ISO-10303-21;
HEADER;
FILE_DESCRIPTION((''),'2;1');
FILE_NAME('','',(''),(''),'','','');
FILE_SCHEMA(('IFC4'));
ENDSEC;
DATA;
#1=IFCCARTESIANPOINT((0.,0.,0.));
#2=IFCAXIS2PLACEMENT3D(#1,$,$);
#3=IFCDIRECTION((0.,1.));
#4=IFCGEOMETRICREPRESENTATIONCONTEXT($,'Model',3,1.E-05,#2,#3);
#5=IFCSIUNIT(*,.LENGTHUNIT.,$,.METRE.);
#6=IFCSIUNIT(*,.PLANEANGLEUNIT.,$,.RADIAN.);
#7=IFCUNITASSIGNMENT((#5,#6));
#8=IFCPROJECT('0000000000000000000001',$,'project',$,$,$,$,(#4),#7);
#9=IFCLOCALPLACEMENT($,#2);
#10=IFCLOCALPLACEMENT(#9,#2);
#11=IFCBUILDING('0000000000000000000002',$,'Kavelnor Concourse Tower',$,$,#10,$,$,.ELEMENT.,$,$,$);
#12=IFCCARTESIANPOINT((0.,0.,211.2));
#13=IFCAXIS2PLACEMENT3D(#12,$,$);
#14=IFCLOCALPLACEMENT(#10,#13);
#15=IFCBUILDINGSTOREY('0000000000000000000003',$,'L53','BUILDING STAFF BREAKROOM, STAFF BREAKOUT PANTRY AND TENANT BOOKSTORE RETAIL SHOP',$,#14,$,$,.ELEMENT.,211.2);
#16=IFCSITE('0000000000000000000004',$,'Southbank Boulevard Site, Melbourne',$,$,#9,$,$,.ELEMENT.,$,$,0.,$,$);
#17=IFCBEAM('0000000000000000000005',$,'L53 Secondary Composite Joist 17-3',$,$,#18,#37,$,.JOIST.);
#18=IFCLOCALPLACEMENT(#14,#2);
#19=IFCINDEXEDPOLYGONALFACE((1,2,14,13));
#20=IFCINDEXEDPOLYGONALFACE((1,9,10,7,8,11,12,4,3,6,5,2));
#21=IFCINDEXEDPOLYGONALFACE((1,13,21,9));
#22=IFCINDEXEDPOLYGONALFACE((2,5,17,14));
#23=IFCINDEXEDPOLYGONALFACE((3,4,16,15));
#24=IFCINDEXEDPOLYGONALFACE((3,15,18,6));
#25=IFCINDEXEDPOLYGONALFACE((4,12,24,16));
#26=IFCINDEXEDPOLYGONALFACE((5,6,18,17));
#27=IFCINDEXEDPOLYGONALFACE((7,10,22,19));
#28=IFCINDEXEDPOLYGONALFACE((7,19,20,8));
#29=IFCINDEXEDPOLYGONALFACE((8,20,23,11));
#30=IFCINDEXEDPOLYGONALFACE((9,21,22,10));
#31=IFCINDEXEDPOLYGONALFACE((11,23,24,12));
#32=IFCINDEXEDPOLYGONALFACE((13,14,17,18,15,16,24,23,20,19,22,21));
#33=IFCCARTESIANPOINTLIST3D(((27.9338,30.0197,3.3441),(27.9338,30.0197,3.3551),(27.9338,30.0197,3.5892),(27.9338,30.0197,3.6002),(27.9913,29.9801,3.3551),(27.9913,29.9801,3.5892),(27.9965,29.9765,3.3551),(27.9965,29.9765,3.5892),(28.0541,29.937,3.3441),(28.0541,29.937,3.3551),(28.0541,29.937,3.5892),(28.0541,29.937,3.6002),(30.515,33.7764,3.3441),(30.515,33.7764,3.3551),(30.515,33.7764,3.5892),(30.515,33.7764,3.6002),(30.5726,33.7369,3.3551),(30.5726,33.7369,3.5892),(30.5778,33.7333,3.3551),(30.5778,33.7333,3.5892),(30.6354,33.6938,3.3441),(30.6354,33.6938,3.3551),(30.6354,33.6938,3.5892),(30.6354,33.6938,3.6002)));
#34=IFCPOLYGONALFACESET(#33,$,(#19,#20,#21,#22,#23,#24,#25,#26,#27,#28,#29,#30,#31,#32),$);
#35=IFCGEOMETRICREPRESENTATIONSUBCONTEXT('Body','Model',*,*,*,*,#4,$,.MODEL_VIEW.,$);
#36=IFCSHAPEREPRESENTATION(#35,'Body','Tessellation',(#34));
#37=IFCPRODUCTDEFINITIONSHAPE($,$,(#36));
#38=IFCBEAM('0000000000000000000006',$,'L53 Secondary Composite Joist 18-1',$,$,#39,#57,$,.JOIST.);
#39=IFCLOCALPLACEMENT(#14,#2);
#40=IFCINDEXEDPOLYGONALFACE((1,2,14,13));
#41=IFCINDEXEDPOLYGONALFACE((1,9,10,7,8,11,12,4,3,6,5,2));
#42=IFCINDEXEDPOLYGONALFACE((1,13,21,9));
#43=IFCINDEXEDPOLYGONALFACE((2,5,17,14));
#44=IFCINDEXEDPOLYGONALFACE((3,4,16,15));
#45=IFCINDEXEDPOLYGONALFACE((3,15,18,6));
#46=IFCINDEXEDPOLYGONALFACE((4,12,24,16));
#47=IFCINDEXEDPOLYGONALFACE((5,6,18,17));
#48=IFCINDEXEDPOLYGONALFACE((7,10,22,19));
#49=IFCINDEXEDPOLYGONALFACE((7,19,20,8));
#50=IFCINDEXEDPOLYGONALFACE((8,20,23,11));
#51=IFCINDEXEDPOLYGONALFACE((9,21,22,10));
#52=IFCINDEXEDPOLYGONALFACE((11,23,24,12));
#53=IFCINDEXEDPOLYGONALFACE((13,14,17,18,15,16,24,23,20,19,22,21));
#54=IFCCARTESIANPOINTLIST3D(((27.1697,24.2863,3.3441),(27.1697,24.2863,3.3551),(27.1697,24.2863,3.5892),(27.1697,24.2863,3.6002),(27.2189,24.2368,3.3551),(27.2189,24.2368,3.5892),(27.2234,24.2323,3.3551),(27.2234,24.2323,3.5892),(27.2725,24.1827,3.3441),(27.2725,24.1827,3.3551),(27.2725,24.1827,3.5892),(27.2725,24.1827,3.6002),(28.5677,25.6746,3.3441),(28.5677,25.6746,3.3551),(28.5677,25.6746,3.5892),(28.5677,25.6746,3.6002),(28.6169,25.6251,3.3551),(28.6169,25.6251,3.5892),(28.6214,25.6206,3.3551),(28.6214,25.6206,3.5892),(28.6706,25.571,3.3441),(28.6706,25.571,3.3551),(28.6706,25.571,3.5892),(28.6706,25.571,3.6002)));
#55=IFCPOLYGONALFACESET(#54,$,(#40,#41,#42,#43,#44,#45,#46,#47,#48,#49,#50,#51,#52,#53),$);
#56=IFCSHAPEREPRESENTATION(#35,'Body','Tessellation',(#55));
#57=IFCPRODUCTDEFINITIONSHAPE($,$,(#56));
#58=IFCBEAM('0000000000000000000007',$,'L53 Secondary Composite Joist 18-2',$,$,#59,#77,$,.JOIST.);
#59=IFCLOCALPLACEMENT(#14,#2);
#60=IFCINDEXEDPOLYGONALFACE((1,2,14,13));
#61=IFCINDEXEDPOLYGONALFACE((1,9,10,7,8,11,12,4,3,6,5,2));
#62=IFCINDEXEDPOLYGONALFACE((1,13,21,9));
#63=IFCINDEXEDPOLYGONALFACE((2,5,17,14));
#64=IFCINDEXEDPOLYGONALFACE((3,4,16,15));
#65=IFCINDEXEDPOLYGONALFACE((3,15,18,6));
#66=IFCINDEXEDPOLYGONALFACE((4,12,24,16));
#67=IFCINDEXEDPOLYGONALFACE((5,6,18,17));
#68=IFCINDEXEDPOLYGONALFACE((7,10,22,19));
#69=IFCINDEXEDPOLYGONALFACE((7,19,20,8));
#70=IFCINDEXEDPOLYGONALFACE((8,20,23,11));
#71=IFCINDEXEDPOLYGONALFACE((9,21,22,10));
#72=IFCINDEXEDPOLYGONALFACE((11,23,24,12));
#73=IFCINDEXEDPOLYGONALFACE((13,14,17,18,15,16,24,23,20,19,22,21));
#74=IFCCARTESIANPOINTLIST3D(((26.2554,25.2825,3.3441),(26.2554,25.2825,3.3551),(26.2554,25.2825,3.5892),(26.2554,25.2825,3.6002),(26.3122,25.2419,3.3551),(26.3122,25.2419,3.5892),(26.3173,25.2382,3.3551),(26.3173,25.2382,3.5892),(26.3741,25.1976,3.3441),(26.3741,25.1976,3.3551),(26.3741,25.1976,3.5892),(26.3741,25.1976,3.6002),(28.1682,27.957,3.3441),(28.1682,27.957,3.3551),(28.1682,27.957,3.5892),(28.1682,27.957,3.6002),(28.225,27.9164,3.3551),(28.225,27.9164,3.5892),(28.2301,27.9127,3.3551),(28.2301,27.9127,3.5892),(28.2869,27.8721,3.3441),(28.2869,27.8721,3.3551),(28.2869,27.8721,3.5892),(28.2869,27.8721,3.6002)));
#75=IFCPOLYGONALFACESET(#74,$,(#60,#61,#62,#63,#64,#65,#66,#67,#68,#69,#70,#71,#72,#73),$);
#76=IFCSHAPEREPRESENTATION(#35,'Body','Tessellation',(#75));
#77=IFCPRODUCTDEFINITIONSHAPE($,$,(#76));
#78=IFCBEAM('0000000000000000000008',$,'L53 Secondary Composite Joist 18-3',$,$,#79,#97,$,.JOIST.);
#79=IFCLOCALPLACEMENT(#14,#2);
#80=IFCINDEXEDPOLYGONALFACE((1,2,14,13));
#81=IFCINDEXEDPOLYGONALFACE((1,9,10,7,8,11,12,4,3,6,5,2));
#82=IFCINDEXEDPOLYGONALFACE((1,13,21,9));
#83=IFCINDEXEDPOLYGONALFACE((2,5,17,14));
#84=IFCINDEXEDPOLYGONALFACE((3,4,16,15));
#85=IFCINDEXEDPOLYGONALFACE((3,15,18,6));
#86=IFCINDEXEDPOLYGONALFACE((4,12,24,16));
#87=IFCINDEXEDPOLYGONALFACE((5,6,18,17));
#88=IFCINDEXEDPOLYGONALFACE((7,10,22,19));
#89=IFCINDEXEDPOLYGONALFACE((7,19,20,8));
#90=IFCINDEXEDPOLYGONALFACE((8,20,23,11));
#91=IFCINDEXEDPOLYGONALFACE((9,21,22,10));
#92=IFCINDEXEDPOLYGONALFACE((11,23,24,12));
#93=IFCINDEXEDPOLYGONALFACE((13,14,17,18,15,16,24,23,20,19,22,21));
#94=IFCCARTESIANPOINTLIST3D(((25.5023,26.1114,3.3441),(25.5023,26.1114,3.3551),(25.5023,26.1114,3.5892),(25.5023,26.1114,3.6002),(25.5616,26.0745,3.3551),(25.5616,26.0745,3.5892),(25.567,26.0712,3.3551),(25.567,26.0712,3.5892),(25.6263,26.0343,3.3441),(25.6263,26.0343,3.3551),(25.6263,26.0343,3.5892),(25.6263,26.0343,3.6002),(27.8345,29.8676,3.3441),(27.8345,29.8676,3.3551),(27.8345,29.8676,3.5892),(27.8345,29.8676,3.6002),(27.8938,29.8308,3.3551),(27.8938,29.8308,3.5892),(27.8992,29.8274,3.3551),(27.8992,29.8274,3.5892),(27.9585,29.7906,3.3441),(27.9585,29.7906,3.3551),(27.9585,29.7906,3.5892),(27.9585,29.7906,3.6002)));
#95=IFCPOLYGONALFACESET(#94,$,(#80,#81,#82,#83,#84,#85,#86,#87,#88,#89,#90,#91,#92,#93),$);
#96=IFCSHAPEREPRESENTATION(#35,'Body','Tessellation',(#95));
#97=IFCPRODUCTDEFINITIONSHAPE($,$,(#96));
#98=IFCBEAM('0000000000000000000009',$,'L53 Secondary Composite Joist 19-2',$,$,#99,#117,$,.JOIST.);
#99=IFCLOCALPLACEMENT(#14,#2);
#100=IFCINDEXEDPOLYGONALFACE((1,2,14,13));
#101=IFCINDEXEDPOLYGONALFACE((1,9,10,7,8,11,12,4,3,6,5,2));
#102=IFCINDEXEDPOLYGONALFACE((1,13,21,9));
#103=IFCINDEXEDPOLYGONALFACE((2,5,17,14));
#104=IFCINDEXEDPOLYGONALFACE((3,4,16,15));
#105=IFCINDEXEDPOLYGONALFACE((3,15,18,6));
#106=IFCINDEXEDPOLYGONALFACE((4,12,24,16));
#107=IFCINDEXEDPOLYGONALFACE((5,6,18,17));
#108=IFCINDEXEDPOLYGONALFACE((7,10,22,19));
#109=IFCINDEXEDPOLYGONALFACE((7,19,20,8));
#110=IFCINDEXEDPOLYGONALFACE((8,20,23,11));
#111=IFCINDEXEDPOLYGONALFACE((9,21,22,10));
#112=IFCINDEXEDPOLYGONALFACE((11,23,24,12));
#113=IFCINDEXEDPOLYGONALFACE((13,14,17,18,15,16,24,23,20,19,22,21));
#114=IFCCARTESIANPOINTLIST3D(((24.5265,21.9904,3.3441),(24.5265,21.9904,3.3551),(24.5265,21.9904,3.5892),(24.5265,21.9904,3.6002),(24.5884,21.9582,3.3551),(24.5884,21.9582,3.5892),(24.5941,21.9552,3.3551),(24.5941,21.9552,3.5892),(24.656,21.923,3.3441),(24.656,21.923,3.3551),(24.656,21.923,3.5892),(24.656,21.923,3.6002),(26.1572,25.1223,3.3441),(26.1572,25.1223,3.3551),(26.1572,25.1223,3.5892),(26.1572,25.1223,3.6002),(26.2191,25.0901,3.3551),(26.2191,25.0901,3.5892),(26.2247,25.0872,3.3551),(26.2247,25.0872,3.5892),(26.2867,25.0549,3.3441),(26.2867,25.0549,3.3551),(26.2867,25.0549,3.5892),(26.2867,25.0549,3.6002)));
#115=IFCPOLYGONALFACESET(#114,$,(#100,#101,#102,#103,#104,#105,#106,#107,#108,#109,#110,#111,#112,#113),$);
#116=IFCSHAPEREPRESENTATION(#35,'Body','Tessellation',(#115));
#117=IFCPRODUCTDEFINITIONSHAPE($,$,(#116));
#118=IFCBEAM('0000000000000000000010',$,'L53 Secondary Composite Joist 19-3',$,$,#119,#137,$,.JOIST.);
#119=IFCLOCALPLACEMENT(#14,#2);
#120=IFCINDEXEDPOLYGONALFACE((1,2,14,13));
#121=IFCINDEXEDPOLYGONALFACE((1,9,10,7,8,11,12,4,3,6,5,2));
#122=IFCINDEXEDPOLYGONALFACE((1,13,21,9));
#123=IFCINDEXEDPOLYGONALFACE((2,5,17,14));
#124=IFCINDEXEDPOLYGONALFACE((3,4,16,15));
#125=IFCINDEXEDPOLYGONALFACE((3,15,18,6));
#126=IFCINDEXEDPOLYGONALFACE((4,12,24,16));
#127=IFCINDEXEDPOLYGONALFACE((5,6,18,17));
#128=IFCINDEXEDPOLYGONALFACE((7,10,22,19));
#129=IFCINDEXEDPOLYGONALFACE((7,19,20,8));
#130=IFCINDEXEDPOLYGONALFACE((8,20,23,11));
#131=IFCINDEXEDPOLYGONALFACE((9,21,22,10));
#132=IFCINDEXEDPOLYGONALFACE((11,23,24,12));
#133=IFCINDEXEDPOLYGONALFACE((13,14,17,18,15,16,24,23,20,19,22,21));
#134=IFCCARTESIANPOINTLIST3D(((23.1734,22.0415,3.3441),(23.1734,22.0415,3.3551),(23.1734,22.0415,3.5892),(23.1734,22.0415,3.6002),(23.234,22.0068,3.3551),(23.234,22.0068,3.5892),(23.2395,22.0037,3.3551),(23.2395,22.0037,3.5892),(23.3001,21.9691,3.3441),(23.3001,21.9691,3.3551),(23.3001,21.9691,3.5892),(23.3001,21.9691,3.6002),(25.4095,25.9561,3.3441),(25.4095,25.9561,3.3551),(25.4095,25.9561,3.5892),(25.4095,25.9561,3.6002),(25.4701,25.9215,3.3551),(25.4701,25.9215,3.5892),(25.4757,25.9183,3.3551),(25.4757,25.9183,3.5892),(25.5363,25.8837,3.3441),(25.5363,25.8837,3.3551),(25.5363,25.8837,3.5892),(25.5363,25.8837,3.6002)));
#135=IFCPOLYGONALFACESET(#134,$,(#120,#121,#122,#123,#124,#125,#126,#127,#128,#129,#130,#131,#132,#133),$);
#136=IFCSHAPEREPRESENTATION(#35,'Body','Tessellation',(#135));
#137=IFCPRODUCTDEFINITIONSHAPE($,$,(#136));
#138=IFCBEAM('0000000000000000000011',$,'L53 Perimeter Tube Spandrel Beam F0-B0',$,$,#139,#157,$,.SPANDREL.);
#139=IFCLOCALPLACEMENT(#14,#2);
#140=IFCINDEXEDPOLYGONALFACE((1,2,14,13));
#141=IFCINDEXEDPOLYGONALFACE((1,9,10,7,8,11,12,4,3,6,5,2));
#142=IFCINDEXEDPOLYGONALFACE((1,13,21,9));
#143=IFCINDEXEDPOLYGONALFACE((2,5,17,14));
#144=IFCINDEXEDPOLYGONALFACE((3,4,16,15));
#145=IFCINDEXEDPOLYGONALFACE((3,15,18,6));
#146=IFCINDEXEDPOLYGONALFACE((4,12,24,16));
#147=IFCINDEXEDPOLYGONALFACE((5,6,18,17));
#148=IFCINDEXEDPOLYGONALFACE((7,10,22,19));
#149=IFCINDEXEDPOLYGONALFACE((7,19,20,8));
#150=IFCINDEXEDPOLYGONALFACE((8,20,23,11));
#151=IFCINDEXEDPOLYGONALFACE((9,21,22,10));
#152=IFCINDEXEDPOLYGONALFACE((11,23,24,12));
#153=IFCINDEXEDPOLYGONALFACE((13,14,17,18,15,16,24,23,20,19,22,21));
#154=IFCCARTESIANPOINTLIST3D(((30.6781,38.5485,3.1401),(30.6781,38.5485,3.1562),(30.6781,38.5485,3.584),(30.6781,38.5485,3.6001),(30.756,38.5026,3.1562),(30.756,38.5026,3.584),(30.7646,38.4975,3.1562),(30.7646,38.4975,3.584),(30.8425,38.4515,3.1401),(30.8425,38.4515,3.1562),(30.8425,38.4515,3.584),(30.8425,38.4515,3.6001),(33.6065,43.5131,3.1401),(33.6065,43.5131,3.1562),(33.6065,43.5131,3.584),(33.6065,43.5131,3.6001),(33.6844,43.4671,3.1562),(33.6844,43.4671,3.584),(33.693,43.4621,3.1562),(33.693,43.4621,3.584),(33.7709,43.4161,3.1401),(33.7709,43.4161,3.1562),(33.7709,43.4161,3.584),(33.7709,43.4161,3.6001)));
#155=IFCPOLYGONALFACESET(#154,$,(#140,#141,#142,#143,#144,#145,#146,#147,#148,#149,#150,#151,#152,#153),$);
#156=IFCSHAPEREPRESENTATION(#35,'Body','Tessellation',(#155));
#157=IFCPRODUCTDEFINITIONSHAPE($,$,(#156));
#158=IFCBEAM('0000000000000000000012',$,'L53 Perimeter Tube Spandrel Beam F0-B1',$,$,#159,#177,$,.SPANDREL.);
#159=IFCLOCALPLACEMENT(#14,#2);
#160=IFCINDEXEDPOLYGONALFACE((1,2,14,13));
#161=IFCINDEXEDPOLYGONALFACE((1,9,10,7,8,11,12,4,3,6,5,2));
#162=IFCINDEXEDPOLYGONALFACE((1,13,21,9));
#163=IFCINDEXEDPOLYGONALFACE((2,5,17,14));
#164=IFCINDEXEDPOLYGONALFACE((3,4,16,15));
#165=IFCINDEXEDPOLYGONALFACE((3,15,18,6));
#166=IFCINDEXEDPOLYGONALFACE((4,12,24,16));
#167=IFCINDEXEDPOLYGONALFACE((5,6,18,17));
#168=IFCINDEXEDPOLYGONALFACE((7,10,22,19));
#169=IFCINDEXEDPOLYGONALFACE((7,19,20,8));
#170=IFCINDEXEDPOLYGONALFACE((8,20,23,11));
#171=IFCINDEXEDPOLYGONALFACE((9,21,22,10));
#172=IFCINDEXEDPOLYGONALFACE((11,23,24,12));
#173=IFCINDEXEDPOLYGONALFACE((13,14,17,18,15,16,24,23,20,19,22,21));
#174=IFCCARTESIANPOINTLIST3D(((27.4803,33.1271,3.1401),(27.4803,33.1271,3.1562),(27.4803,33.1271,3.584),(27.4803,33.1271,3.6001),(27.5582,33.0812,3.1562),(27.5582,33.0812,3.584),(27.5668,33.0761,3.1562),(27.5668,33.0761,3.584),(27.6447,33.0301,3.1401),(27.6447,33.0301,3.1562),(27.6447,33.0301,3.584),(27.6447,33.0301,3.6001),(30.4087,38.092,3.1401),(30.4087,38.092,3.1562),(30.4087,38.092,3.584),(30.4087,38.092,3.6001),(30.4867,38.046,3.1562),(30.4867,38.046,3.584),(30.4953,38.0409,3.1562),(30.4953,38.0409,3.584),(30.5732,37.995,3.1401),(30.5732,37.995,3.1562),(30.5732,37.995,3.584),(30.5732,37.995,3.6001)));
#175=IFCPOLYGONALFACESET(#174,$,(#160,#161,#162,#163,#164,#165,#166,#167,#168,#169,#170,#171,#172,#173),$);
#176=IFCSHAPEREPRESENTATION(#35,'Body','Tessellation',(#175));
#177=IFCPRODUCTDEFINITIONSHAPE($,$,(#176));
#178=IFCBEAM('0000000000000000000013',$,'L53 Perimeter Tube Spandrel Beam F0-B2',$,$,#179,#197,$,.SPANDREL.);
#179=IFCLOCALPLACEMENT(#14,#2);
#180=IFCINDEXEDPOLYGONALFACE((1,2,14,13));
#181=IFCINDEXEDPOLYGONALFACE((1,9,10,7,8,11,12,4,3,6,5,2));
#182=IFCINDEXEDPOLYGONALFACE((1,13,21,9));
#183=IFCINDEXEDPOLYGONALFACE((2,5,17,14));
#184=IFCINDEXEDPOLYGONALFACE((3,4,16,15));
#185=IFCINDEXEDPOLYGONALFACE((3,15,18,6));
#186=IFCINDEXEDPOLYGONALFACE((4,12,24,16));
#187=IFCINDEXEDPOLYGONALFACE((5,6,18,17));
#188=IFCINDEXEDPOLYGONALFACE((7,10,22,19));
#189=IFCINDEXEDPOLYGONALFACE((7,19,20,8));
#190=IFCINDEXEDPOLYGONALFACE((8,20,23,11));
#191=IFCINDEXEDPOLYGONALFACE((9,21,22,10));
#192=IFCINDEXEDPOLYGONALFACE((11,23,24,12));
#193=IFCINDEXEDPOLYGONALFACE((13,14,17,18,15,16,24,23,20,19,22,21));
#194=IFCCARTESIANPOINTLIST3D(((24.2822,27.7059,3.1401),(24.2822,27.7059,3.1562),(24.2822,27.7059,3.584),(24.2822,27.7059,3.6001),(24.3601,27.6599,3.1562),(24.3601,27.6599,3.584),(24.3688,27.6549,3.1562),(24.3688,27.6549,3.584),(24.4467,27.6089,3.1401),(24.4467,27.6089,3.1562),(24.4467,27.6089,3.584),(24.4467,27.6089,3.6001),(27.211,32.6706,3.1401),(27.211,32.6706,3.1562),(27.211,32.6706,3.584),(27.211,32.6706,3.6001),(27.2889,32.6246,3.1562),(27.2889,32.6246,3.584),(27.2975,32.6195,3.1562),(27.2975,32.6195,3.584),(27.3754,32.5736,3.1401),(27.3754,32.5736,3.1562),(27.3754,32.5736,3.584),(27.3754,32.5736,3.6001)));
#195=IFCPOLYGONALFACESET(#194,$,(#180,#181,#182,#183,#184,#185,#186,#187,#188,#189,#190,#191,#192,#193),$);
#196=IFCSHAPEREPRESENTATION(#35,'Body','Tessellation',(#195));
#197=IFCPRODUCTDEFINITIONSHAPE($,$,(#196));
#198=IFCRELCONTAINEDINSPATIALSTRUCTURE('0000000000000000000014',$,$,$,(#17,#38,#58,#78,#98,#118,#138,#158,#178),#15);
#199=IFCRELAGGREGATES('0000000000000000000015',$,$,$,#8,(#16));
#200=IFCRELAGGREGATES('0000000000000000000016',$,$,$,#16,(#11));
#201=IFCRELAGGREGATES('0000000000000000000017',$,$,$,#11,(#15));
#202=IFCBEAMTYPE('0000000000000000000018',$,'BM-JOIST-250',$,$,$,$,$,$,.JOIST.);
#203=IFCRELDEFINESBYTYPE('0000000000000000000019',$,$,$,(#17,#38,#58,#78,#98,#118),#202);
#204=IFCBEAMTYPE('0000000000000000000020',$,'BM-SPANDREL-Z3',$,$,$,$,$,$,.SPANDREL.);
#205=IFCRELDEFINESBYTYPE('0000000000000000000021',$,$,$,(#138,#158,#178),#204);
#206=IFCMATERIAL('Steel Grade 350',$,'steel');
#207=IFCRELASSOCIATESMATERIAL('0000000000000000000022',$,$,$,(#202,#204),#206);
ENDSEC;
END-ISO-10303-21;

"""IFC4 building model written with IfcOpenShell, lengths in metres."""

from ifc_helpers import new_model, si_unit, direction, frame, origin, origin_2d, place, context, subcontext, project, spatial, i_section, extrude, material, material_profile, profile_set, type_object, element, save


model = new_model("IFC4")

# Units and contexts
model_context = context("Model", 3, precision=1e-05, world=origin(), true_north=direction((0.0, 1.0)))
body_context = subcontext(model_context, "Body", "Model", "MODEL_VIEW")
ifc_project = project(units=[si_unit("LENGTHUNIT", "METRE"), si_unit("PLANEANGLEUNIT", "RADIAN")], contexts=[model_context])

# Site, building, storey
site_placement = place(None, origin())
site = spatial("IfcSite", under=ifc_project, at=site_placement, Name="Southbank Boulevard Site, Melbourne", CompositionType="ELEMENT", RefElevation=0.0)
building_placement = place(site_placement, origin())
building = spatial("IfcBuilding", under=site, at=building_placement, Name="Kavelnor Concourse Tower", CompositionType="ELEMENT")
storey_placement = place(building_placement, frame((0.0, 0.0, 211.2)))
storey = spatial("IfcBuildingStorey", under=building, at=storey_placement, Name="L53", Description="BUILDING STAFF BREAKROOM, STAFF BREAKOUT PANTRY AND TENANT BOOKSTORE RETAIL SHOP", CompositionType="ELEMENT", Elevation=211.2)

# Shared definitions
ifc_material_1 = material(Name="Steel Grade 350", Category="steel")

# Beams
ifc_material_profile_1 = material_profile(ifc_material_1, i_section(OverallWidth=0.146, OverallDepth=0.2561, WebThickness=0.0063, FlangeThickness=0.011, at=origin_2d()), Name="250UB37")
ifc_profile_set_1 = profile_set([ifc_material_profile_1], Name="Steel Grade 350")
beam_type_1 = type_object("IfcBeamType", Name="BM-JOIST-250", PredefinedType="JOIST", material=ifc_profile_set_1)
beam_1_placement = place(storey_placement, frame((30.5752, 33.7351, 3.4722), z_axis=(-0.566301, -0.824198, 0.0), x_axis=(0.824198, -0.566301, 0.0)))
element("IfcBeam", 1, at=beam_1_placement, inside=storey, type_object=beam_type_1, Name="L53 Secondary Composite Joist 17-3", PredefinedType="JOIST", context=body_context, shape_type="SweptSolid", body=[
    extrude(i_section(OverallWidth=0.146, OverallDepth=0.2561, WebThickness=0.0063, FlangeThickness=0.011, at=origin_2d()), origin(), (0.0, 0.0, 1.0), 4.5581),
])
beam_2_placement = place(storey_placement, frame((28.6191, 25.6228, 3.4722), z_axis=(-0.709581, -0.704624, 0.0), x_axis=(0.704624, -0.709581, 0.0)))
element("IfcBeam", 2, at=beam_2_placement, inside=storey, type_object=beam_type_1, Name="L53 Secondary Composite Joist 18-1", PredefinedType="JOIST", context=body_context, shape_type="SweptSolid", body=[
    extrude(i_section(OverallWidth=0.146, OverallDepth=0.2561, WebThickness=0.0063, FlangeThickness=0.011, at=origin_2d()), origin(), (0.0, 0.0, 1.0), 1.9702),
])
beam_3_placement = place(storey_placement, frame((28.2275, 27.9146, 3.4722), z_axis=(-0.58173, -0.813382, 0.0), x_axis=(0.813382, -0.58173, 0.0)))
element("IfcBeam", 3, at=beam_3_placement, inside=storey, type_object=beam_type_1, Name="L53 Secondary Composite Joist 18-2", PredefinedType="JOIST", context=body_context, shape_type="SweptSolid", body=[
    extrude(i_section(OverallWidth=0.146, OverallDepth=0.2561, WebThickness=0.0063, FlangeThickness=0.011, at=origin_2d()), origin(), (0.0, 0.0, 1.0), 3.2881),
])
beam_4_placement = place(storey_placement, frame((27.8965, 29.8291, 3.4722), z_axis=(-0.527485, -0.849564, 0.0), x_axis=(0.849564, -0.527485, 0.0)))
element("IfcBeam", 4, at=beam_4_placement, inside=storey, type_object=beam_type_1, Name="L53 Secondary Composite Joist 18-3", PredefinedType="JOIST", context=body_context, shape_type="SweptSolid", body=[
    extrude(i_section(OverallWidth=0.146, OverallDepth=0.2561, WebThickness=0.0063, FlangeThickness=0.011, at=origin_2d()), origin(), (0.0, 0.0, 1.0), 4.4214),
])
beam_5_placement = place(storey_placement, frame((26.2219, 25.0886, 3.4722), z_axis=(-0.461812, -0.886978, 0.0), x_axis=(0.886978, -0.461812, 0.0)))
element("IfcBeam", 5, at=beam_5_placement, inside=storey, type_object=beam_type_1, Name="L53 Secondary Composite Joist 19-2", PredefinedType="JOIST", context=body_context, shape_type="SweptSolid", body=[
    extrude(i_section(OverallWidth=0.146, OverallDepth=0.2561, WebThickness=0.0063, FlangeThickness=0.011, at=origin_2d()), origin(), (0.0, 0.0, 1.0), 3.531),
])
beam_6_placement = place(storey_placement, frame((25.4729, 25.9199, 3.4722), z_axis=(-0.496005, -0.86832, 0.0), x_axis=(0.86832, -0.496005, 0.0)))
element("IfcBeam", 6, at=beam_6_placement, inside=storey, type_object=beam_type_1, Name="L53 Secondary Composite Joist 19-3", PredefinedType="JOIST", context=body_context, shape_type="SweptSolid", body=[
    extrude(i_section(OverallWidth=0.146, OverallDepth=0.2561, WebThickness=0.0063, FlangeThickness=0.011, at=origin_2d()), origin(), (0.0, 0.0, 1.0), 4.5083),
])
ifc_material_profile_2 = material_profile(ifc_material_1, i_section(OverallWidth=0.1909, OverallDepth=0.46, WebThickness=0.01, FlangeThickness=0.0161, at=origin_2d()), Name="460UB82")
ifc_profile_set_2 = profile_set([ifc_material_profile_2], Name="Steel Grade 350")
beam_type_2 = type_object("IfcBeamType", Name="BM-SPANDREL-Z3", PredefinedType="SPANDREL", material=ifc_profile_set_2)
beam_7_placement = place(storey_placement, frame((33.6887, 43.4646, 3.3701), z_axis=(-0.508066, -0.861318, 0.0), x_axis=(0.861318, -0.508066, 0.0)))
element("IfcBeam", 7, at=beam_7_placement, inside=storey, type_object=beam_type_2, Name="L53 Perimeter Tube Spandrel Beam F0-B0", PredefinedType="SPANDREL", context=body_context, shape_type="SweptSolid", body=[
    extrude(i_section(OverallWidth=0.1909, OverallDepth=0.46, WebThickness=0.01, FlangeThickness=0.0161, at=origin_2d()), origin(), (0.0, 0.0, 1.0), 5.7639),
])
for number, where, z_axis, x_axis, name in (
    (8, (30.491, 38.0435, 3.3701), (-0.508047, -0.861329, 0.0), (0.861329, -0.508047, 0.0), "L53 Perimeter Tube Spandrel Beam F0-B1"),
    (9, (27.2932, 32.6221, 3.3701), (-0.508097, -0.8613, 0.0), (0.8613, -0.508097, 0.0), "L53 Perimeter Tube Spandrel Beam F0-B2"),
):
    element("IfcBeam", number, at=place(storey_placement, frame(where, z_axis=z_axis, x_axis=x_axis)), inside=storey, type_object=beam_type_2, Name=name, PredefinedType="SPANDREL", context=body_context, shape_type="SweptSolid", body=[
        extrude(i_section(OverallWidth=0.1909, OverallDepth=0.46, WebThickness=0.01, FlangeThickness=0.0161, at=origin_2d()), origin(), (0.0, 0.0, 1.0), 5.7642),
    ])

save(model, "model.ifc")
